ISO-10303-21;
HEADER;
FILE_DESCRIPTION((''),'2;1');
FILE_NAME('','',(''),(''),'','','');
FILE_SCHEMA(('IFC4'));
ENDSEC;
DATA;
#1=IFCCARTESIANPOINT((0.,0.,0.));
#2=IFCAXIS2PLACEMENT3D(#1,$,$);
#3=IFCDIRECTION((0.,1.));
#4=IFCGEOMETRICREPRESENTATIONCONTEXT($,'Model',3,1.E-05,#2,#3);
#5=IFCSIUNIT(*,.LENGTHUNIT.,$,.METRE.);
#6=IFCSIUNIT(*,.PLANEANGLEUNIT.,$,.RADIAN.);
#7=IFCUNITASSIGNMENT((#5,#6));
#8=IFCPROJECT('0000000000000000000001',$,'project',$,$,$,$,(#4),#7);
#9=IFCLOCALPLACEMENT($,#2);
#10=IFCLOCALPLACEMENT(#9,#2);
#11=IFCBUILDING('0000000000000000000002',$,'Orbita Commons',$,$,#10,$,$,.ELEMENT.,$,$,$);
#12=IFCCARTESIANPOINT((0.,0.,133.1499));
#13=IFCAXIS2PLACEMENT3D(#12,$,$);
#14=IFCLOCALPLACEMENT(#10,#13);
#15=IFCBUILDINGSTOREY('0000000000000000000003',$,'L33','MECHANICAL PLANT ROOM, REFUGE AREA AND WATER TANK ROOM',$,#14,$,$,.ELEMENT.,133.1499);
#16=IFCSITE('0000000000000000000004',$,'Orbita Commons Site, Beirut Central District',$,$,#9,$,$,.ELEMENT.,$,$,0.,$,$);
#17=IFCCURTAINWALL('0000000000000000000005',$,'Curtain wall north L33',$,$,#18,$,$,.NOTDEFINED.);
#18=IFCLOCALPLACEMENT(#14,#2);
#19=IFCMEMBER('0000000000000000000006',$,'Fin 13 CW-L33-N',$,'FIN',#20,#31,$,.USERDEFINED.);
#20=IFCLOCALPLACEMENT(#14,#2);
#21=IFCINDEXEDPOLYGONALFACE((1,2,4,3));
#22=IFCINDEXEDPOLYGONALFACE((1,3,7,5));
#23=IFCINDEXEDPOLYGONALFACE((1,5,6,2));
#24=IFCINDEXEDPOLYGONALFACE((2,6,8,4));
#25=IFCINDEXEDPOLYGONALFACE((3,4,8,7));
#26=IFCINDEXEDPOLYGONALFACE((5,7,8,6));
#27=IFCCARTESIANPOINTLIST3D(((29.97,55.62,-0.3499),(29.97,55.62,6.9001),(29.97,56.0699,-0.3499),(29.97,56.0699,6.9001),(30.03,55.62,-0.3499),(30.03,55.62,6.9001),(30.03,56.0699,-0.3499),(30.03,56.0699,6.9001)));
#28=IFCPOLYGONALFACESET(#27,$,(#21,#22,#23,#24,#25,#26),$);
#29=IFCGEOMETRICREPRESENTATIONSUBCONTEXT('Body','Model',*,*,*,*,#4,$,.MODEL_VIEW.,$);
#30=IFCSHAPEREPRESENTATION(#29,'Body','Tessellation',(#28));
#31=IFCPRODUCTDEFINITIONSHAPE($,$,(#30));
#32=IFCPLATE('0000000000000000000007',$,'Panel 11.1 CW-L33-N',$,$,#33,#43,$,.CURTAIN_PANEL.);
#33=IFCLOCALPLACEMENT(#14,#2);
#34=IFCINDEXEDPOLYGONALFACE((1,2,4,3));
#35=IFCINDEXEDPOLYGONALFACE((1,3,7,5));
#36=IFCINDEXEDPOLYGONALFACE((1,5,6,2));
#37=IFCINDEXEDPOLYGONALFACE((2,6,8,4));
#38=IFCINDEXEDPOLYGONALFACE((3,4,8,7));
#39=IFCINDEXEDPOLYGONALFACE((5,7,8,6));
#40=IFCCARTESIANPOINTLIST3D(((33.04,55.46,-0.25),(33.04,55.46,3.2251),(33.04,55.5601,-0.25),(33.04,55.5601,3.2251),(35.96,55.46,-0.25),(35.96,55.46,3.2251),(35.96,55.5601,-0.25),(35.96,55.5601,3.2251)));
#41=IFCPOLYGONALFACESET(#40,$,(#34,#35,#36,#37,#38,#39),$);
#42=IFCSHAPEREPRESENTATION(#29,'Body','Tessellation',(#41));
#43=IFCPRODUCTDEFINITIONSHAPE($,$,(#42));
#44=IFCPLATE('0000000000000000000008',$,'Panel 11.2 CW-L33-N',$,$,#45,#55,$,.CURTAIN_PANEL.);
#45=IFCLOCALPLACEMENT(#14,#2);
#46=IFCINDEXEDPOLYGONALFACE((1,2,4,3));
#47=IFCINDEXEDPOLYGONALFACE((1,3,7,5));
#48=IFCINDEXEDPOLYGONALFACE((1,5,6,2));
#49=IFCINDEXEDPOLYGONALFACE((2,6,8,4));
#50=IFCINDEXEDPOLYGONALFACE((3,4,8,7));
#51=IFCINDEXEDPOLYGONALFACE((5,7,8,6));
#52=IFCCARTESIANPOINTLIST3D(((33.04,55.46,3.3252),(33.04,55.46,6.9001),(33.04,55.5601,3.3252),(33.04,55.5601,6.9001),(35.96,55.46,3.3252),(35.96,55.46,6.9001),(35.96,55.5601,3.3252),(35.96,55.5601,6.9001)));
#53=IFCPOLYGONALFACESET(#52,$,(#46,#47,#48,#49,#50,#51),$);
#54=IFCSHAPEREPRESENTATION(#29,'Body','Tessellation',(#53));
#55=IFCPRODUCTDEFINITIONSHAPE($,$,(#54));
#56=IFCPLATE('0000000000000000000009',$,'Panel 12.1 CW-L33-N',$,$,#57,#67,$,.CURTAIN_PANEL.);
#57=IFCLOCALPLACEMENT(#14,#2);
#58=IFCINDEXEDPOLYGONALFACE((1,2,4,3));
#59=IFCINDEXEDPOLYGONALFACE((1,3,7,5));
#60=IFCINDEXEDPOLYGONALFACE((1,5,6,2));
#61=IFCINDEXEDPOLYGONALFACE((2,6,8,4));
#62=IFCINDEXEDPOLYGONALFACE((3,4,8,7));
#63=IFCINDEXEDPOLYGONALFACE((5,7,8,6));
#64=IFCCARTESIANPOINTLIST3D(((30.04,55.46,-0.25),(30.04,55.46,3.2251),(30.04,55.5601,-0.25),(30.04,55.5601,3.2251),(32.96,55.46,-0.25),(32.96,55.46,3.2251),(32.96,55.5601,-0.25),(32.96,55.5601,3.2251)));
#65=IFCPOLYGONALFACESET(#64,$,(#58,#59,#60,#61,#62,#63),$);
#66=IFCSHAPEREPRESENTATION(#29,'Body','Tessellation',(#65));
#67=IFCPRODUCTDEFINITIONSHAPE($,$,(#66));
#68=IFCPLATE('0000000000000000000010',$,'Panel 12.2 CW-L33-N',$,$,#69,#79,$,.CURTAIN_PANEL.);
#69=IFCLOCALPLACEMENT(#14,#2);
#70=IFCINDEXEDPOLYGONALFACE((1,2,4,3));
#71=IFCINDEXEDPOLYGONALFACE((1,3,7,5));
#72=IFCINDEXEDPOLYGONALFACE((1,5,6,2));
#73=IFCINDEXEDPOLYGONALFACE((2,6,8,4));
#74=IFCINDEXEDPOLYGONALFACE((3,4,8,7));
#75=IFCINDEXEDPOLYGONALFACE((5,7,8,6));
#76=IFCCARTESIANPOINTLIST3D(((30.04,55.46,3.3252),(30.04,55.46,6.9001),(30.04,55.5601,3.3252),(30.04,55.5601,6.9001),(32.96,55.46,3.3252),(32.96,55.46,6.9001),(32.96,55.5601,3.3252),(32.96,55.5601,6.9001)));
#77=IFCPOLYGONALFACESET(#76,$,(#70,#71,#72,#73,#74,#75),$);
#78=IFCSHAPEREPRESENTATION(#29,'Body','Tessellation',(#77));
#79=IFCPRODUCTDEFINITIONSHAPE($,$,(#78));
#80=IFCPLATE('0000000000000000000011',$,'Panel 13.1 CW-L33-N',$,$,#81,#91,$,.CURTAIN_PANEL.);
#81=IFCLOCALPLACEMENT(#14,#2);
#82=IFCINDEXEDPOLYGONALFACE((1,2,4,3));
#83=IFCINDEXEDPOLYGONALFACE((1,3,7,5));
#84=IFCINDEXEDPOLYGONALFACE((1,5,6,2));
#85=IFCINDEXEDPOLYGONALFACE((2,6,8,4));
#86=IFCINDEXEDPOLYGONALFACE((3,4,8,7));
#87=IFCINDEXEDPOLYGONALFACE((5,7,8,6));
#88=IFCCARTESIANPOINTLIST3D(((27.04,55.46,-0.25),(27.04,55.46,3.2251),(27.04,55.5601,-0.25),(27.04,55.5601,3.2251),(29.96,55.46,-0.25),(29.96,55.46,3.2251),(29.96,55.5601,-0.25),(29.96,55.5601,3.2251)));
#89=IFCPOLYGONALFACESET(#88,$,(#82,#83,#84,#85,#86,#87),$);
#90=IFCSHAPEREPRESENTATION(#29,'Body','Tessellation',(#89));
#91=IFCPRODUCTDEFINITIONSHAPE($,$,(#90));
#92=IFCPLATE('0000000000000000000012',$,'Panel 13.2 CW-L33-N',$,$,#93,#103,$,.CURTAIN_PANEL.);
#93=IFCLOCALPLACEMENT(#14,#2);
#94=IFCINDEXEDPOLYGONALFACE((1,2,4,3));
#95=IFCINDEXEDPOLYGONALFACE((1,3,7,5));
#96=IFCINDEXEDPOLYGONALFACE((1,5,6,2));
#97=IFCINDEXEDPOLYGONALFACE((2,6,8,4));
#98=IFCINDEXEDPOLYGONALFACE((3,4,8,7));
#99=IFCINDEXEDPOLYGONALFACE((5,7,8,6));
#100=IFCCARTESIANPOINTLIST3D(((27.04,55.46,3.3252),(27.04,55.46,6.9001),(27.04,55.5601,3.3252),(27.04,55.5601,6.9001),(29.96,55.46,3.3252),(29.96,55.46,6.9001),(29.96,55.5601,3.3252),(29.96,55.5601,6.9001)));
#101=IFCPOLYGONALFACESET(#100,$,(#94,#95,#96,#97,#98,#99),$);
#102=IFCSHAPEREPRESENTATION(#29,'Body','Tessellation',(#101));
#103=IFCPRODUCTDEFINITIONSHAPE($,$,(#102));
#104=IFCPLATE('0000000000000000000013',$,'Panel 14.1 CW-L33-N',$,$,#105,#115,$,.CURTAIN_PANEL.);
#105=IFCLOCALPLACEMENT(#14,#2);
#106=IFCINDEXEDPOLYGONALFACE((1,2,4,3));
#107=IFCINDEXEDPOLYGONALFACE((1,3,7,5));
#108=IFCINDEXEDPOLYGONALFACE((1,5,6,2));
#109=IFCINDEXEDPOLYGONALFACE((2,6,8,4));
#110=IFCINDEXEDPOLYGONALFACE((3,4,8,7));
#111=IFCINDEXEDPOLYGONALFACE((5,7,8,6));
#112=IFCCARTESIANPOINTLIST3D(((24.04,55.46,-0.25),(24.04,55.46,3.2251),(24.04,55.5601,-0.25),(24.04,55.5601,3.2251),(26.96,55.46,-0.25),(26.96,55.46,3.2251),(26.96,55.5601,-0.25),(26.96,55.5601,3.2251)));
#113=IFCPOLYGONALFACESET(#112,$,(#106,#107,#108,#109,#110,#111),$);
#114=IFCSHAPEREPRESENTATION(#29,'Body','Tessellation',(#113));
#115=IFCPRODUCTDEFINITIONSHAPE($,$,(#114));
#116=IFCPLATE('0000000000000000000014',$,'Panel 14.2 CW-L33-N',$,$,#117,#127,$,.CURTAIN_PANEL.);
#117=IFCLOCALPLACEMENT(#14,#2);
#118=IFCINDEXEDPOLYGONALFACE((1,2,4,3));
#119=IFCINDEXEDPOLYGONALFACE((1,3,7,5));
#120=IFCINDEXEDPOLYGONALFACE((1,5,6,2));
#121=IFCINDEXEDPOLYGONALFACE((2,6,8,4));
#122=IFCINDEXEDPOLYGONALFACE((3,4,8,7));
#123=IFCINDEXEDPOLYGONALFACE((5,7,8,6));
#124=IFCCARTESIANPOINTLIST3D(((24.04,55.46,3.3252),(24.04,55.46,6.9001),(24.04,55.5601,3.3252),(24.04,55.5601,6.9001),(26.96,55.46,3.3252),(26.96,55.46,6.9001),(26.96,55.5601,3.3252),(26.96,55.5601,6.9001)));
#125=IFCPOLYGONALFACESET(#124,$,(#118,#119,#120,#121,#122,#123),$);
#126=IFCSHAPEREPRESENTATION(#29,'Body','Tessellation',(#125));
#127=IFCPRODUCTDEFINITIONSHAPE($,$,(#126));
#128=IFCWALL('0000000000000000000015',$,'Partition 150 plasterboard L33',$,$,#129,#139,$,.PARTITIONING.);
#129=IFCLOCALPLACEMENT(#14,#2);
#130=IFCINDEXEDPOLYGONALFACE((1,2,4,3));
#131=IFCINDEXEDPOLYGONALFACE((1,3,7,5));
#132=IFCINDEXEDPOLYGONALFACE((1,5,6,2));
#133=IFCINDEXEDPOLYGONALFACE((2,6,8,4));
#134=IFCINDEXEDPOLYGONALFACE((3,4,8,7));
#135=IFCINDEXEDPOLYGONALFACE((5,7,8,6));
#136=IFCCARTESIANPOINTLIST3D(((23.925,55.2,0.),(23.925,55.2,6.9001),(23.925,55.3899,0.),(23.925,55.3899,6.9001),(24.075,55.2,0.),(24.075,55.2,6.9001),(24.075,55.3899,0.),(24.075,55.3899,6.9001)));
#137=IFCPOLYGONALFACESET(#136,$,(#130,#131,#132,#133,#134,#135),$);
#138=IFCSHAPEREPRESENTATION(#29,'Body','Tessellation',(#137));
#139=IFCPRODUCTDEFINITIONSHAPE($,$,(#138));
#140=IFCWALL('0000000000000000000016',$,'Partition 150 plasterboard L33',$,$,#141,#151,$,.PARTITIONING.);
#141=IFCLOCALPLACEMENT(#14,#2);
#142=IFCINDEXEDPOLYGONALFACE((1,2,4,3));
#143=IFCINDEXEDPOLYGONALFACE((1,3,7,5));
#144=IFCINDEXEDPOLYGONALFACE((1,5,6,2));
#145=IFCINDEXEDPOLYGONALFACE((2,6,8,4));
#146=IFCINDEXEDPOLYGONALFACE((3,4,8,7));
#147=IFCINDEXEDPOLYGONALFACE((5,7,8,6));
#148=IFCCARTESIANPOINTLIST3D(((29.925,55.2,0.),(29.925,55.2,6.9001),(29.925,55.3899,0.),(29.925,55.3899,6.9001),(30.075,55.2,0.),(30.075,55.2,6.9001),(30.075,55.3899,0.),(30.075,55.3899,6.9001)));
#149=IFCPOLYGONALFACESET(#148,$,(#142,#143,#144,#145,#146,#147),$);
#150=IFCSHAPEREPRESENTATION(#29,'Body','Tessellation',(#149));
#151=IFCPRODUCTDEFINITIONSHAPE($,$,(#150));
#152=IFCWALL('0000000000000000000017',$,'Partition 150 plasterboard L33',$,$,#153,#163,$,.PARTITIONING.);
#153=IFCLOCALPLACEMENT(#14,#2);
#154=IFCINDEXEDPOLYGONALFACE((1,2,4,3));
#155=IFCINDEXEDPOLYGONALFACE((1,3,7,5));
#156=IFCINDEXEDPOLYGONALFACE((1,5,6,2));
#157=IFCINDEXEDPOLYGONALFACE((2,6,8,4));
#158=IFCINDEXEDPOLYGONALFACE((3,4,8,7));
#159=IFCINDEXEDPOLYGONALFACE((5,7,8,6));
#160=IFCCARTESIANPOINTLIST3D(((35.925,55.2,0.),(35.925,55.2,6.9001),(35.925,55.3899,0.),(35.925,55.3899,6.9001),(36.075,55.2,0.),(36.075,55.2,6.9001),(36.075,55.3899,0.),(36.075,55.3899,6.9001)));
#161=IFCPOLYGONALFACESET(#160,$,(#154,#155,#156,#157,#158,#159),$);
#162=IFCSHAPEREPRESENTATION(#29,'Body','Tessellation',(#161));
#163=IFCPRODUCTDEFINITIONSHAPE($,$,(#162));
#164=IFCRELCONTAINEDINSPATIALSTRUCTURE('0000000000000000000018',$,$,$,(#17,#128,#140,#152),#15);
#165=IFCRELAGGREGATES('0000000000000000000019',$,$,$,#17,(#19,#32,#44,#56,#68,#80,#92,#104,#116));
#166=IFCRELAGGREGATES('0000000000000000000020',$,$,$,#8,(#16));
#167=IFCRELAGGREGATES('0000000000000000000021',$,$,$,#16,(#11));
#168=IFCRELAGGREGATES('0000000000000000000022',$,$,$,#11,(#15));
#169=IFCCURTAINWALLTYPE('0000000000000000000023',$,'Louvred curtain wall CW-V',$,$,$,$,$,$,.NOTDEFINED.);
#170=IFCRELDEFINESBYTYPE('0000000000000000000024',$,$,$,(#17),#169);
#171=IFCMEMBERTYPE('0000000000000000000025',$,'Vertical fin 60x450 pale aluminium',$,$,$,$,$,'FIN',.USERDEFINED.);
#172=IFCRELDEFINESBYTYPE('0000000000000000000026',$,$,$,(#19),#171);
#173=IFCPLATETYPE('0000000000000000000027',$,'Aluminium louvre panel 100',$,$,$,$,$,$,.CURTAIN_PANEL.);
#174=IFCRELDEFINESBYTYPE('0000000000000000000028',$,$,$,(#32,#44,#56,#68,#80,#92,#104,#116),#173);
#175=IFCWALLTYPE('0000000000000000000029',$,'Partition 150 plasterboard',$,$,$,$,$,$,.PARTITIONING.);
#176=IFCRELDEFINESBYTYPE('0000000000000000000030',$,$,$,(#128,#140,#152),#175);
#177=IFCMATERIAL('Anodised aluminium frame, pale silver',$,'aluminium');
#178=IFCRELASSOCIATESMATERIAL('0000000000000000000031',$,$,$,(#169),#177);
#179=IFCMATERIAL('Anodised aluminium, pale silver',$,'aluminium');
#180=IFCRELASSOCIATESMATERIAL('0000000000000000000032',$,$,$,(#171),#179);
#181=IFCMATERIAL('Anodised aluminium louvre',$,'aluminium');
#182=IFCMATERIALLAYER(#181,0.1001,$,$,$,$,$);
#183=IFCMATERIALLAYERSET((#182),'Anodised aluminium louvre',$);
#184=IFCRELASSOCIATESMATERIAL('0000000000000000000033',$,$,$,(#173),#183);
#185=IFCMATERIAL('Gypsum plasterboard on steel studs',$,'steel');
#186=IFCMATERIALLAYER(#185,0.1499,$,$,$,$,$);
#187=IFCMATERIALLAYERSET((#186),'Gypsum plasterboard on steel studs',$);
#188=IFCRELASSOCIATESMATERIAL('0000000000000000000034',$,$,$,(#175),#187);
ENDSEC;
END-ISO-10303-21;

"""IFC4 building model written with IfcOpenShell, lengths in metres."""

from ifc_helpers import new_model, si_unit, direction, frame, frame_2d, origin, origin_2d, place, context, subcontext, project, spatial, rectangle, extrude, material, layer, layer_set, material_profile, profile_set, type_object, element, aggregate, save


model = new_model("IFC4")

# Units and contexts
model_context = context("Model", 3, precision=1e-05, world=origin(), true_north=direction((0.0, 1.0)))
body_context = subcontext(model_context, "Body", "Model", "MODEL_VIEW")
ifc_project = project(units=[si_unit("LENGTHUNIT", "METRE"), si_unit("PLANEANGLEUNIT", "RADIAN")], contexts=[model_context])

# Site, building, storey
site_placement = place(None, origin())
site = spatial("IfcSite", under=ifc_project, at=site_placement, Name="Orbita Commons Site, Beirut Central District", CompositionType="ELEMENT", RefElevation=0.0)
building_placement = place(site_placement, origin())
building = spatial("IfcBuilding", under=site, at=building_placement, Name="Orbita Commons", CompositionType="ELEMENT")
storey_placement = place(building_placement, frame((0.0, 0.0, 133.1499)))
storey = spatial("IfcBuildingStorey", under=building, at=storey_placement, Name="L33", Description="MECHANICAL PLANT ROOM, REFUGE AREA AND WATER TANK ROOM", CompositionType="ELEMENT", Elevation=133.1499)

# Curtain wall, member, plates
ifc_material_1 = material(Name="Anodised aluminium frame, pale silver", Category="aluminium")
curtain_wall_type = type_object("IfcCurtainWallType", Name="Louvred curtain wall CW-V", PredefinedType="NOTDEFINED", material=ifc_material_1)
curtain_wall_placement = place(storey_placement, origin())
curtain_wall = element("IfcCurtainWall", 1, at=curtain_wall_placement, inside=storey, type_object=curtain_wall_type, Name="Curtain wall north L33", PredefinedType="NOTDEFINED")
ifc_material_2 = material(Name="Anodised aluminium, pale silver", Category="aluminium")
ifc_material_profile_1 = material_profile(ifc_material_2, rectangle(XDim=0.0601, YDim=0.45, at=origin_2d()), Name="FIN 60x450")
ifc_profile_set_1 = profile_set([ifc_material_profile_1], Name="Anodised aluminium, pale silver")
member_type_1 = type_object("IfcMemberType", Name="Vertical fin 60x450 pale aluminium", ElementType="FIN", PredefinedType="USERDEFINED", material=ifc_profile_set_1)
member_1_placement = place(storey_placement, frame((30.0, 55.845, -0.3499), z_axis=(0.0, 0.0, 1.0), x_axis=(-1.0, 0.0, 0.0)))
member_1 = element("IfcMember", 2, at=member_1_placement, type_object=member_type_1, Name="Fin 13 CW-L33-N", ObjectType="FIN", PredefinedType="USERDEFINED", context=body_context, shape_type="SweptSolid", body=[
    extrude(rectangle(XDim=0.0601, YDim=0.45, at=origin_2d()), origin(), (0.0, 0.0, 1.0), 7.25),
])
ifc_material_3 = material(Name="Anodised aluminium louvre", Category="aluminium")
ifc_layer_1 = layer(ifc_material_3, 0.1001)
ifc_layer_set_1 = layer_set([ifc_layer_1], Name="Anodised aluminium louvre")
plate_type = type_object("IfcPlateType", Name="Aluminium louvre panel 100", PredefinedType="CURTAIN_PANEL", material=ifc_layer_set_1)
plate_1_placement = place(storey_placement, frame((34.5, 55.51, -0.25), z_axis=(0.0, 0.0, 1.0), x_axis=(-1.0, 0.0, 0.0)))
plate_1 = element("IfcPlate", 3, at=plate_1_placement, type_object=plate_type, Name="Panel 11.1 CW-L33-N", PredefinedType="CURTAIN_PANEL", context=body_context, shape_type="SweptSolid", body=[
    extrude(rectangle(XDim=2.9199, YDim=0.1001, at=origin_2d()), origin(), (0.0, 0.0, 1.0), 3.4751),
])
plate_2_placement = place(storey_placement, frame((34.5, 55.51, 3.3252), z_axis=(0.0, 0.0, 1.0), x_axis=(-1.0, 0.0, 0.0)))
plate_2 = element("IfcPlate", 4, at=plate_2_placement, type_object=plate_type, Name="Panel 11.2 CW-L33-N", PredefinedType="CURTAIN_PANEL", context=body_context, shape_type="SweptSolid", body=[
    extrude(rectangle(XDim=2.9199, YDim=0.1001, at=origin_2d()), origin(), (0.0, 0.0, 1.0), 3.575),
])
plate_3_placement = place(storey_placement, frame((31.5, 55.51, -0.25), z_axis=(0.0, 0.0, 1.0), x_axis=(-1.0, 0.0, 0.0)))
plate_3 = element("IfcPlate", 5, at=plate_3_placement, type_object=plate_type, Name="Panel 12.1 CW-L33-N", PredefinedType="CURTAIN_PANEL", context=body_context, shape_type="SweptSolid", body=[
    extrude(rectangle(XDim=2.9199, YDim=0.1001, at=origin_2d()), origin(), (0.0, 0.0, 1.0), 3.4751),
])
plate_4_placement = place(storey_placement, frame((31.5, 55.51, 3.3252), z_axis=(0.0, 0.0, 1.0), x_axis=(-1.0, 0.0, 0.0)))
plate_4 = element("IfcPlate", 6, at=plate_4_placement, type_object=plate_type, Name="Panel 12.2 CW-L33-N", PredefinedType="CURTAIN_PANEL", context=body_context, shape_type="SweptSolid", body=[
    extrude(rectangle(XDim=2.9199, YDim=0.1001, at=origin_2d()), origin(), (0.0, 0.0, 1.0), 3.575),
])
plate_5_placement = place(storey_placement, frame((28.5, 55.51, -0.25), z_axis=(0.0, 0.0, 1.0), x_axis=(-1.0, 0.0, 0.0)))
plate_5 = element("IfcPlate", 7, at=plate_5_placement, type_object=plate_type, Name="Panel 13.1 CW-L33-N", PredefinedType="CURTAIN_PANEL", context=body_context, shape_type="SweptSolid", body=[
    extrude(rectangle(XDim=2.9199, YDim=0.1001, at=origin_2d()), origin(), (0.0, 0.0, 1.0), 3.4751),
])
plate_6_placement = place(storey_placement, frame((28.5, 55.51, 3.3252), z_axis=(0.0, 0.0, 1.0), x_axis=(-1.0, 0.0, 0.0)))
plate_6 = element("IfcPlate", 8, at=plate_6_placement, type_object=plate_type, Name="Panel 13.2 CW-L33-N", PredefinedType="CURTAIN_PANEL", context=body_context, shape_type="SweptSolid", body=[
    extrude(rectangle(XDim=2.9199, YDim=0.1001, at=origin_2d()), origin(), (0.0, 0.0, 1.0), 3.575),
])
plate_7_placement = place(storey_placement, frame((25.5, 55.51, -0.25), z_axis=(0.0, 0.0, 1.0), x_axis=(-1.0, 0.0, 0.0)))
plate_7 = element("IfcPlate", 9, at=plate_7_placement, type_object=plate_type, Name="Panel 14.1 CW-L33-N", PredefinedType="CURTAIN_PANEL", context=body_context, shape_type="SweptSolid", body=[
    extrude(rectangle(XDim=2.9199, YDim=0.1001, at=origin_2d()), origin(), (0.0, 0.0, 1.0), 3.4751),
])
plate_8_placement = place(storey_placement, frame((25.5, 55.51, 3.3252), z_axis=(0.0, 0.0, 1.0), x_axis=(-1.0, 0.0, 0.0)))
plate_8 = element("IfcPlate", 10, at=plate_8_placement, type_object=plate_type, Name="Panel 14.2 CW-L33-N", PredefinedType="CURTAIN_PANEL", context=body_context, shape_type="SweptSolid", body=[
    extrude(rectangle(XDim=2.9199, YDim=0.1001, at=origin_2d()), origin(), (0.0, 0.0, 1.0), 3.575),
])
aggregate(curtain_wall, [member_1, plate_1, plate_2, plate_3, plate_4, plate_5, plate_6, plate_7, plate_8])

# Walls
ifc_material_4 = material(Name="Gypsum plasterboard on steel studs", Category="steel")
ifc_layer_2 = layer(ifc_material_4, 0.1499)
ifc_layer_set_2 = layer_set([ifc_layer_2], Name="Gypsum plasterboard on steel studs")
wall_type = type_object("IfcWallType", Name="Partition 150 plasterboard", PredefinedType="PARTITIONING", material=ifc_layer_set_2)
for number, where, z_axis, x_axis, name in (
    (11, (24.0, 55.2, 0.0), (0.0, 0.0, 1.0), (0.0, 1.0, 0.0), "Partition 150 plasterboard L33"),
    (12, (30.0, 55.2, 0.0), (0.0, 0.0, 1.0), (0.0, 1.0, 0.0), "Partition 150 plasterboard L33"),
    (13, (36.0, 55.2, 0.0), (0.0, 0.0, 1.0), (0.0, 1.0, 0.0), "Partition 150 plasterboard L33"),
):
    element("IfcWall", number, at=place(storey_placement, frame(where, z_axis=z_axis, x_axis=x_axis)), inside=storey, type_object=wall_type, Name=name, PredefinedType="PARTITIONING", context=body_context, shape_type="SweptSolid", body=[
        extrude(rectangle(XDim=0.1899, YDim=0.1499, at=frame_2d((0.095, 0.0))), origin(), (0.0, 0.0, 1.0), 6.9001),
    ])

save(model, "model.ifc")
